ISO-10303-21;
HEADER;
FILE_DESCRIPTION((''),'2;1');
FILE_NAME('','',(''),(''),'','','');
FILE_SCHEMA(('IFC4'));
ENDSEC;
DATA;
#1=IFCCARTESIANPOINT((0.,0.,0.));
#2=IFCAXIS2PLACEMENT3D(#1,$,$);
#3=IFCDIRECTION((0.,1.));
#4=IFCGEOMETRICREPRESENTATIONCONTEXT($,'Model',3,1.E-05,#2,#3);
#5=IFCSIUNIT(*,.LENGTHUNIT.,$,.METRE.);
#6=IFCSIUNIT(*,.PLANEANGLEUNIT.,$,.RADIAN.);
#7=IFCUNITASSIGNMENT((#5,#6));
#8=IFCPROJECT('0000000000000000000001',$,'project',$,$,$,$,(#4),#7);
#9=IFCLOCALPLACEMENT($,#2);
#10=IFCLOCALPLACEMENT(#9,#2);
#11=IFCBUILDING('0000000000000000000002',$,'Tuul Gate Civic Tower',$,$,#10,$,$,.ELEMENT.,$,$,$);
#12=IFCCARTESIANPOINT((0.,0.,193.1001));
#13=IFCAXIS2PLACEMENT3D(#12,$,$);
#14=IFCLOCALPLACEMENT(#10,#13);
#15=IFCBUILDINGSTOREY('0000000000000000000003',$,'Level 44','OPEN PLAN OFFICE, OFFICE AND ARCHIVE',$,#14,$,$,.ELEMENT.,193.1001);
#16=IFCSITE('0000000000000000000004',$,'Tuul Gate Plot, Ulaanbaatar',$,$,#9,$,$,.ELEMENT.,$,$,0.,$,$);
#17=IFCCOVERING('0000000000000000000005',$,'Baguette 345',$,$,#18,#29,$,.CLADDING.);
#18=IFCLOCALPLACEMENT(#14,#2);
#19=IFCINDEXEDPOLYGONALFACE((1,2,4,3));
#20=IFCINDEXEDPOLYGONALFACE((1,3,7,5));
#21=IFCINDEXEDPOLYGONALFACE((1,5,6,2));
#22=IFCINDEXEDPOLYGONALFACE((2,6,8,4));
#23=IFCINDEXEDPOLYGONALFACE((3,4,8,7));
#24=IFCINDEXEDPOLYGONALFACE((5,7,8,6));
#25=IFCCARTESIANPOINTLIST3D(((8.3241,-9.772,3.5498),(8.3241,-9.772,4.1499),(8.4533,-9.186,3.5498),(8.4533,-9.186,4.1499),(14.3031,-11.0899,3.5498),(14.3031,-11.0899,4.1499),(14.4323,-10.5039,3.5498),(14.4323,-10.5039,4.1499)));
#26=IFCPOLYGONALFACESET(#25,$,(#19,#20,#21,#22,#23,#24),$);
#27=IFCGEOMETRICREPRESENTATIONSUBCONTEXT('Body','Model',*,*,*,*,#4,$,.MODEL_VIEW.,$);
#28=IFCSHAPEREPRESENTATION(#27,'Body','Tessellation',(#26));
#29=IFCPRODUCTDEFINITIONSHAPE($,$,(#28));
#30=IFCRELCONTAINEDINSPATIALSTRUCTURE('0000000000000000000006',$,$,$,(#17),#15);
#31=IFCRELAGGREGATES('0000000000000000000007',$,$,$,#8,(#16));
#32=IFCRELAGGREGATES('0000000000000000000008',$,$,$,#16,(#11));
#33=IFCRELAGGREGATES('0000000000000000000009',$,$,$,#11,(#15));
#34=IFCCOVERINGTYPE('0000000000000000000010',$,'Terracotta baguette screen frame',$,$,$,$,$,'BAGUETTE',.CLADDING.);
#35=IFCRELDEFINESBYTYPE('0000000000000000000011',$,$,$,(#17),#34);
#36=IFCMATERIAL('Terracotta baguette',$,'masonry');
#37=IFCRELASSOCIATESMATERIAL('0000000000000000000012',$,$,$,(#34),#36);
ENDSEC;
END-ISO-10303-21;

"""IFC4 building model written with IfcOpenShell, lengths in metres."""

from ifc_helpers import new_model, si_unit, direction, frame, origin, origin_2d, place, context, subcontext, project, spatial, rectangle, extrude, material, material_profile, profile_set, type_object, element, save


model = new_model("IFC4")

# Units and contexts
model_context = context("Model", 3, precision=1e-05, world=origin(), true_north=direction((0.0, 1.0)))
body_context = subcontext(model_context, "Body", "Model", "MODEL_VIEW")
ifc_project = project(units=[si_unit("LENGTHUNIT", "METRE"), si_unit("PLANEANGLEUNIT", "RADIAN")], contexts=[model_context])

# Site, building, storey
site_placement = place(None, origin())
site = spatial("IfcSite", under=ifc_project, at=site_placement, Name="Tuul Gate Plot, Ulaanbaatar", CompositionType="ELEMENT", RefElevation=0.0)
building_placement = place(site_placement, origin())
building = spatial("IfcBuilding", under=site, at=building_placement, Name="Tuul Gate Civic Tower", CompositionType="ELEMENT")
storey_placement = place(building_placement, frame((0.0, 0.0, 193.1001)))
storey = spatial("IfcBuildingStorey", under=building, at=storey_placement, Name="Level 44", Description="OPEN PLAN OFFICE, OFFICE AND ARCHIVE", CompositionType="ELEMENT", Elevation=193.1001)

# Covering
ifc_material_1 = material(Name="Terracotta baguette", Category="masonry")
ifc_material_profile_1 = material_profile(ifc_material_1, rectangle(XDim=0.6001, YDim=0.6001, at=origin_2d()), Name="Terracotta baguette screen frame")
ifc_profile_set_1 = profile_set([ifc_material_profile_1], Name="Terracotta baguette")
covering_type = type_object("IfcCoveringType", Name="Terracotta baguette screen frame", ElementType="BAGUETTE", PredefinedType="CLADDING", material=ifc_profile_set_1)
covering_1_placement = place(storey_placement, frame((8.3887, -9.479, 3.8499), z_axis=(0.976559, -0.21525, 0.0), x_axis=(0.21525, 0.976559, 0.0)))
element("IfcCovering", 1, at=covering_1_placement, inside=storey, type_object=covering_type, Name="Baguette 345", PredefinedType="CLADDING", context=body_context, shape_type="SweptSolid", body=[
    extrude(rectangle(XDim=0.6001, YDim=0.6001, at=origin_2d()), origin(), (0.0, 0.0, 1.0), 6.1226),
])

save(model, "model.ifc")
